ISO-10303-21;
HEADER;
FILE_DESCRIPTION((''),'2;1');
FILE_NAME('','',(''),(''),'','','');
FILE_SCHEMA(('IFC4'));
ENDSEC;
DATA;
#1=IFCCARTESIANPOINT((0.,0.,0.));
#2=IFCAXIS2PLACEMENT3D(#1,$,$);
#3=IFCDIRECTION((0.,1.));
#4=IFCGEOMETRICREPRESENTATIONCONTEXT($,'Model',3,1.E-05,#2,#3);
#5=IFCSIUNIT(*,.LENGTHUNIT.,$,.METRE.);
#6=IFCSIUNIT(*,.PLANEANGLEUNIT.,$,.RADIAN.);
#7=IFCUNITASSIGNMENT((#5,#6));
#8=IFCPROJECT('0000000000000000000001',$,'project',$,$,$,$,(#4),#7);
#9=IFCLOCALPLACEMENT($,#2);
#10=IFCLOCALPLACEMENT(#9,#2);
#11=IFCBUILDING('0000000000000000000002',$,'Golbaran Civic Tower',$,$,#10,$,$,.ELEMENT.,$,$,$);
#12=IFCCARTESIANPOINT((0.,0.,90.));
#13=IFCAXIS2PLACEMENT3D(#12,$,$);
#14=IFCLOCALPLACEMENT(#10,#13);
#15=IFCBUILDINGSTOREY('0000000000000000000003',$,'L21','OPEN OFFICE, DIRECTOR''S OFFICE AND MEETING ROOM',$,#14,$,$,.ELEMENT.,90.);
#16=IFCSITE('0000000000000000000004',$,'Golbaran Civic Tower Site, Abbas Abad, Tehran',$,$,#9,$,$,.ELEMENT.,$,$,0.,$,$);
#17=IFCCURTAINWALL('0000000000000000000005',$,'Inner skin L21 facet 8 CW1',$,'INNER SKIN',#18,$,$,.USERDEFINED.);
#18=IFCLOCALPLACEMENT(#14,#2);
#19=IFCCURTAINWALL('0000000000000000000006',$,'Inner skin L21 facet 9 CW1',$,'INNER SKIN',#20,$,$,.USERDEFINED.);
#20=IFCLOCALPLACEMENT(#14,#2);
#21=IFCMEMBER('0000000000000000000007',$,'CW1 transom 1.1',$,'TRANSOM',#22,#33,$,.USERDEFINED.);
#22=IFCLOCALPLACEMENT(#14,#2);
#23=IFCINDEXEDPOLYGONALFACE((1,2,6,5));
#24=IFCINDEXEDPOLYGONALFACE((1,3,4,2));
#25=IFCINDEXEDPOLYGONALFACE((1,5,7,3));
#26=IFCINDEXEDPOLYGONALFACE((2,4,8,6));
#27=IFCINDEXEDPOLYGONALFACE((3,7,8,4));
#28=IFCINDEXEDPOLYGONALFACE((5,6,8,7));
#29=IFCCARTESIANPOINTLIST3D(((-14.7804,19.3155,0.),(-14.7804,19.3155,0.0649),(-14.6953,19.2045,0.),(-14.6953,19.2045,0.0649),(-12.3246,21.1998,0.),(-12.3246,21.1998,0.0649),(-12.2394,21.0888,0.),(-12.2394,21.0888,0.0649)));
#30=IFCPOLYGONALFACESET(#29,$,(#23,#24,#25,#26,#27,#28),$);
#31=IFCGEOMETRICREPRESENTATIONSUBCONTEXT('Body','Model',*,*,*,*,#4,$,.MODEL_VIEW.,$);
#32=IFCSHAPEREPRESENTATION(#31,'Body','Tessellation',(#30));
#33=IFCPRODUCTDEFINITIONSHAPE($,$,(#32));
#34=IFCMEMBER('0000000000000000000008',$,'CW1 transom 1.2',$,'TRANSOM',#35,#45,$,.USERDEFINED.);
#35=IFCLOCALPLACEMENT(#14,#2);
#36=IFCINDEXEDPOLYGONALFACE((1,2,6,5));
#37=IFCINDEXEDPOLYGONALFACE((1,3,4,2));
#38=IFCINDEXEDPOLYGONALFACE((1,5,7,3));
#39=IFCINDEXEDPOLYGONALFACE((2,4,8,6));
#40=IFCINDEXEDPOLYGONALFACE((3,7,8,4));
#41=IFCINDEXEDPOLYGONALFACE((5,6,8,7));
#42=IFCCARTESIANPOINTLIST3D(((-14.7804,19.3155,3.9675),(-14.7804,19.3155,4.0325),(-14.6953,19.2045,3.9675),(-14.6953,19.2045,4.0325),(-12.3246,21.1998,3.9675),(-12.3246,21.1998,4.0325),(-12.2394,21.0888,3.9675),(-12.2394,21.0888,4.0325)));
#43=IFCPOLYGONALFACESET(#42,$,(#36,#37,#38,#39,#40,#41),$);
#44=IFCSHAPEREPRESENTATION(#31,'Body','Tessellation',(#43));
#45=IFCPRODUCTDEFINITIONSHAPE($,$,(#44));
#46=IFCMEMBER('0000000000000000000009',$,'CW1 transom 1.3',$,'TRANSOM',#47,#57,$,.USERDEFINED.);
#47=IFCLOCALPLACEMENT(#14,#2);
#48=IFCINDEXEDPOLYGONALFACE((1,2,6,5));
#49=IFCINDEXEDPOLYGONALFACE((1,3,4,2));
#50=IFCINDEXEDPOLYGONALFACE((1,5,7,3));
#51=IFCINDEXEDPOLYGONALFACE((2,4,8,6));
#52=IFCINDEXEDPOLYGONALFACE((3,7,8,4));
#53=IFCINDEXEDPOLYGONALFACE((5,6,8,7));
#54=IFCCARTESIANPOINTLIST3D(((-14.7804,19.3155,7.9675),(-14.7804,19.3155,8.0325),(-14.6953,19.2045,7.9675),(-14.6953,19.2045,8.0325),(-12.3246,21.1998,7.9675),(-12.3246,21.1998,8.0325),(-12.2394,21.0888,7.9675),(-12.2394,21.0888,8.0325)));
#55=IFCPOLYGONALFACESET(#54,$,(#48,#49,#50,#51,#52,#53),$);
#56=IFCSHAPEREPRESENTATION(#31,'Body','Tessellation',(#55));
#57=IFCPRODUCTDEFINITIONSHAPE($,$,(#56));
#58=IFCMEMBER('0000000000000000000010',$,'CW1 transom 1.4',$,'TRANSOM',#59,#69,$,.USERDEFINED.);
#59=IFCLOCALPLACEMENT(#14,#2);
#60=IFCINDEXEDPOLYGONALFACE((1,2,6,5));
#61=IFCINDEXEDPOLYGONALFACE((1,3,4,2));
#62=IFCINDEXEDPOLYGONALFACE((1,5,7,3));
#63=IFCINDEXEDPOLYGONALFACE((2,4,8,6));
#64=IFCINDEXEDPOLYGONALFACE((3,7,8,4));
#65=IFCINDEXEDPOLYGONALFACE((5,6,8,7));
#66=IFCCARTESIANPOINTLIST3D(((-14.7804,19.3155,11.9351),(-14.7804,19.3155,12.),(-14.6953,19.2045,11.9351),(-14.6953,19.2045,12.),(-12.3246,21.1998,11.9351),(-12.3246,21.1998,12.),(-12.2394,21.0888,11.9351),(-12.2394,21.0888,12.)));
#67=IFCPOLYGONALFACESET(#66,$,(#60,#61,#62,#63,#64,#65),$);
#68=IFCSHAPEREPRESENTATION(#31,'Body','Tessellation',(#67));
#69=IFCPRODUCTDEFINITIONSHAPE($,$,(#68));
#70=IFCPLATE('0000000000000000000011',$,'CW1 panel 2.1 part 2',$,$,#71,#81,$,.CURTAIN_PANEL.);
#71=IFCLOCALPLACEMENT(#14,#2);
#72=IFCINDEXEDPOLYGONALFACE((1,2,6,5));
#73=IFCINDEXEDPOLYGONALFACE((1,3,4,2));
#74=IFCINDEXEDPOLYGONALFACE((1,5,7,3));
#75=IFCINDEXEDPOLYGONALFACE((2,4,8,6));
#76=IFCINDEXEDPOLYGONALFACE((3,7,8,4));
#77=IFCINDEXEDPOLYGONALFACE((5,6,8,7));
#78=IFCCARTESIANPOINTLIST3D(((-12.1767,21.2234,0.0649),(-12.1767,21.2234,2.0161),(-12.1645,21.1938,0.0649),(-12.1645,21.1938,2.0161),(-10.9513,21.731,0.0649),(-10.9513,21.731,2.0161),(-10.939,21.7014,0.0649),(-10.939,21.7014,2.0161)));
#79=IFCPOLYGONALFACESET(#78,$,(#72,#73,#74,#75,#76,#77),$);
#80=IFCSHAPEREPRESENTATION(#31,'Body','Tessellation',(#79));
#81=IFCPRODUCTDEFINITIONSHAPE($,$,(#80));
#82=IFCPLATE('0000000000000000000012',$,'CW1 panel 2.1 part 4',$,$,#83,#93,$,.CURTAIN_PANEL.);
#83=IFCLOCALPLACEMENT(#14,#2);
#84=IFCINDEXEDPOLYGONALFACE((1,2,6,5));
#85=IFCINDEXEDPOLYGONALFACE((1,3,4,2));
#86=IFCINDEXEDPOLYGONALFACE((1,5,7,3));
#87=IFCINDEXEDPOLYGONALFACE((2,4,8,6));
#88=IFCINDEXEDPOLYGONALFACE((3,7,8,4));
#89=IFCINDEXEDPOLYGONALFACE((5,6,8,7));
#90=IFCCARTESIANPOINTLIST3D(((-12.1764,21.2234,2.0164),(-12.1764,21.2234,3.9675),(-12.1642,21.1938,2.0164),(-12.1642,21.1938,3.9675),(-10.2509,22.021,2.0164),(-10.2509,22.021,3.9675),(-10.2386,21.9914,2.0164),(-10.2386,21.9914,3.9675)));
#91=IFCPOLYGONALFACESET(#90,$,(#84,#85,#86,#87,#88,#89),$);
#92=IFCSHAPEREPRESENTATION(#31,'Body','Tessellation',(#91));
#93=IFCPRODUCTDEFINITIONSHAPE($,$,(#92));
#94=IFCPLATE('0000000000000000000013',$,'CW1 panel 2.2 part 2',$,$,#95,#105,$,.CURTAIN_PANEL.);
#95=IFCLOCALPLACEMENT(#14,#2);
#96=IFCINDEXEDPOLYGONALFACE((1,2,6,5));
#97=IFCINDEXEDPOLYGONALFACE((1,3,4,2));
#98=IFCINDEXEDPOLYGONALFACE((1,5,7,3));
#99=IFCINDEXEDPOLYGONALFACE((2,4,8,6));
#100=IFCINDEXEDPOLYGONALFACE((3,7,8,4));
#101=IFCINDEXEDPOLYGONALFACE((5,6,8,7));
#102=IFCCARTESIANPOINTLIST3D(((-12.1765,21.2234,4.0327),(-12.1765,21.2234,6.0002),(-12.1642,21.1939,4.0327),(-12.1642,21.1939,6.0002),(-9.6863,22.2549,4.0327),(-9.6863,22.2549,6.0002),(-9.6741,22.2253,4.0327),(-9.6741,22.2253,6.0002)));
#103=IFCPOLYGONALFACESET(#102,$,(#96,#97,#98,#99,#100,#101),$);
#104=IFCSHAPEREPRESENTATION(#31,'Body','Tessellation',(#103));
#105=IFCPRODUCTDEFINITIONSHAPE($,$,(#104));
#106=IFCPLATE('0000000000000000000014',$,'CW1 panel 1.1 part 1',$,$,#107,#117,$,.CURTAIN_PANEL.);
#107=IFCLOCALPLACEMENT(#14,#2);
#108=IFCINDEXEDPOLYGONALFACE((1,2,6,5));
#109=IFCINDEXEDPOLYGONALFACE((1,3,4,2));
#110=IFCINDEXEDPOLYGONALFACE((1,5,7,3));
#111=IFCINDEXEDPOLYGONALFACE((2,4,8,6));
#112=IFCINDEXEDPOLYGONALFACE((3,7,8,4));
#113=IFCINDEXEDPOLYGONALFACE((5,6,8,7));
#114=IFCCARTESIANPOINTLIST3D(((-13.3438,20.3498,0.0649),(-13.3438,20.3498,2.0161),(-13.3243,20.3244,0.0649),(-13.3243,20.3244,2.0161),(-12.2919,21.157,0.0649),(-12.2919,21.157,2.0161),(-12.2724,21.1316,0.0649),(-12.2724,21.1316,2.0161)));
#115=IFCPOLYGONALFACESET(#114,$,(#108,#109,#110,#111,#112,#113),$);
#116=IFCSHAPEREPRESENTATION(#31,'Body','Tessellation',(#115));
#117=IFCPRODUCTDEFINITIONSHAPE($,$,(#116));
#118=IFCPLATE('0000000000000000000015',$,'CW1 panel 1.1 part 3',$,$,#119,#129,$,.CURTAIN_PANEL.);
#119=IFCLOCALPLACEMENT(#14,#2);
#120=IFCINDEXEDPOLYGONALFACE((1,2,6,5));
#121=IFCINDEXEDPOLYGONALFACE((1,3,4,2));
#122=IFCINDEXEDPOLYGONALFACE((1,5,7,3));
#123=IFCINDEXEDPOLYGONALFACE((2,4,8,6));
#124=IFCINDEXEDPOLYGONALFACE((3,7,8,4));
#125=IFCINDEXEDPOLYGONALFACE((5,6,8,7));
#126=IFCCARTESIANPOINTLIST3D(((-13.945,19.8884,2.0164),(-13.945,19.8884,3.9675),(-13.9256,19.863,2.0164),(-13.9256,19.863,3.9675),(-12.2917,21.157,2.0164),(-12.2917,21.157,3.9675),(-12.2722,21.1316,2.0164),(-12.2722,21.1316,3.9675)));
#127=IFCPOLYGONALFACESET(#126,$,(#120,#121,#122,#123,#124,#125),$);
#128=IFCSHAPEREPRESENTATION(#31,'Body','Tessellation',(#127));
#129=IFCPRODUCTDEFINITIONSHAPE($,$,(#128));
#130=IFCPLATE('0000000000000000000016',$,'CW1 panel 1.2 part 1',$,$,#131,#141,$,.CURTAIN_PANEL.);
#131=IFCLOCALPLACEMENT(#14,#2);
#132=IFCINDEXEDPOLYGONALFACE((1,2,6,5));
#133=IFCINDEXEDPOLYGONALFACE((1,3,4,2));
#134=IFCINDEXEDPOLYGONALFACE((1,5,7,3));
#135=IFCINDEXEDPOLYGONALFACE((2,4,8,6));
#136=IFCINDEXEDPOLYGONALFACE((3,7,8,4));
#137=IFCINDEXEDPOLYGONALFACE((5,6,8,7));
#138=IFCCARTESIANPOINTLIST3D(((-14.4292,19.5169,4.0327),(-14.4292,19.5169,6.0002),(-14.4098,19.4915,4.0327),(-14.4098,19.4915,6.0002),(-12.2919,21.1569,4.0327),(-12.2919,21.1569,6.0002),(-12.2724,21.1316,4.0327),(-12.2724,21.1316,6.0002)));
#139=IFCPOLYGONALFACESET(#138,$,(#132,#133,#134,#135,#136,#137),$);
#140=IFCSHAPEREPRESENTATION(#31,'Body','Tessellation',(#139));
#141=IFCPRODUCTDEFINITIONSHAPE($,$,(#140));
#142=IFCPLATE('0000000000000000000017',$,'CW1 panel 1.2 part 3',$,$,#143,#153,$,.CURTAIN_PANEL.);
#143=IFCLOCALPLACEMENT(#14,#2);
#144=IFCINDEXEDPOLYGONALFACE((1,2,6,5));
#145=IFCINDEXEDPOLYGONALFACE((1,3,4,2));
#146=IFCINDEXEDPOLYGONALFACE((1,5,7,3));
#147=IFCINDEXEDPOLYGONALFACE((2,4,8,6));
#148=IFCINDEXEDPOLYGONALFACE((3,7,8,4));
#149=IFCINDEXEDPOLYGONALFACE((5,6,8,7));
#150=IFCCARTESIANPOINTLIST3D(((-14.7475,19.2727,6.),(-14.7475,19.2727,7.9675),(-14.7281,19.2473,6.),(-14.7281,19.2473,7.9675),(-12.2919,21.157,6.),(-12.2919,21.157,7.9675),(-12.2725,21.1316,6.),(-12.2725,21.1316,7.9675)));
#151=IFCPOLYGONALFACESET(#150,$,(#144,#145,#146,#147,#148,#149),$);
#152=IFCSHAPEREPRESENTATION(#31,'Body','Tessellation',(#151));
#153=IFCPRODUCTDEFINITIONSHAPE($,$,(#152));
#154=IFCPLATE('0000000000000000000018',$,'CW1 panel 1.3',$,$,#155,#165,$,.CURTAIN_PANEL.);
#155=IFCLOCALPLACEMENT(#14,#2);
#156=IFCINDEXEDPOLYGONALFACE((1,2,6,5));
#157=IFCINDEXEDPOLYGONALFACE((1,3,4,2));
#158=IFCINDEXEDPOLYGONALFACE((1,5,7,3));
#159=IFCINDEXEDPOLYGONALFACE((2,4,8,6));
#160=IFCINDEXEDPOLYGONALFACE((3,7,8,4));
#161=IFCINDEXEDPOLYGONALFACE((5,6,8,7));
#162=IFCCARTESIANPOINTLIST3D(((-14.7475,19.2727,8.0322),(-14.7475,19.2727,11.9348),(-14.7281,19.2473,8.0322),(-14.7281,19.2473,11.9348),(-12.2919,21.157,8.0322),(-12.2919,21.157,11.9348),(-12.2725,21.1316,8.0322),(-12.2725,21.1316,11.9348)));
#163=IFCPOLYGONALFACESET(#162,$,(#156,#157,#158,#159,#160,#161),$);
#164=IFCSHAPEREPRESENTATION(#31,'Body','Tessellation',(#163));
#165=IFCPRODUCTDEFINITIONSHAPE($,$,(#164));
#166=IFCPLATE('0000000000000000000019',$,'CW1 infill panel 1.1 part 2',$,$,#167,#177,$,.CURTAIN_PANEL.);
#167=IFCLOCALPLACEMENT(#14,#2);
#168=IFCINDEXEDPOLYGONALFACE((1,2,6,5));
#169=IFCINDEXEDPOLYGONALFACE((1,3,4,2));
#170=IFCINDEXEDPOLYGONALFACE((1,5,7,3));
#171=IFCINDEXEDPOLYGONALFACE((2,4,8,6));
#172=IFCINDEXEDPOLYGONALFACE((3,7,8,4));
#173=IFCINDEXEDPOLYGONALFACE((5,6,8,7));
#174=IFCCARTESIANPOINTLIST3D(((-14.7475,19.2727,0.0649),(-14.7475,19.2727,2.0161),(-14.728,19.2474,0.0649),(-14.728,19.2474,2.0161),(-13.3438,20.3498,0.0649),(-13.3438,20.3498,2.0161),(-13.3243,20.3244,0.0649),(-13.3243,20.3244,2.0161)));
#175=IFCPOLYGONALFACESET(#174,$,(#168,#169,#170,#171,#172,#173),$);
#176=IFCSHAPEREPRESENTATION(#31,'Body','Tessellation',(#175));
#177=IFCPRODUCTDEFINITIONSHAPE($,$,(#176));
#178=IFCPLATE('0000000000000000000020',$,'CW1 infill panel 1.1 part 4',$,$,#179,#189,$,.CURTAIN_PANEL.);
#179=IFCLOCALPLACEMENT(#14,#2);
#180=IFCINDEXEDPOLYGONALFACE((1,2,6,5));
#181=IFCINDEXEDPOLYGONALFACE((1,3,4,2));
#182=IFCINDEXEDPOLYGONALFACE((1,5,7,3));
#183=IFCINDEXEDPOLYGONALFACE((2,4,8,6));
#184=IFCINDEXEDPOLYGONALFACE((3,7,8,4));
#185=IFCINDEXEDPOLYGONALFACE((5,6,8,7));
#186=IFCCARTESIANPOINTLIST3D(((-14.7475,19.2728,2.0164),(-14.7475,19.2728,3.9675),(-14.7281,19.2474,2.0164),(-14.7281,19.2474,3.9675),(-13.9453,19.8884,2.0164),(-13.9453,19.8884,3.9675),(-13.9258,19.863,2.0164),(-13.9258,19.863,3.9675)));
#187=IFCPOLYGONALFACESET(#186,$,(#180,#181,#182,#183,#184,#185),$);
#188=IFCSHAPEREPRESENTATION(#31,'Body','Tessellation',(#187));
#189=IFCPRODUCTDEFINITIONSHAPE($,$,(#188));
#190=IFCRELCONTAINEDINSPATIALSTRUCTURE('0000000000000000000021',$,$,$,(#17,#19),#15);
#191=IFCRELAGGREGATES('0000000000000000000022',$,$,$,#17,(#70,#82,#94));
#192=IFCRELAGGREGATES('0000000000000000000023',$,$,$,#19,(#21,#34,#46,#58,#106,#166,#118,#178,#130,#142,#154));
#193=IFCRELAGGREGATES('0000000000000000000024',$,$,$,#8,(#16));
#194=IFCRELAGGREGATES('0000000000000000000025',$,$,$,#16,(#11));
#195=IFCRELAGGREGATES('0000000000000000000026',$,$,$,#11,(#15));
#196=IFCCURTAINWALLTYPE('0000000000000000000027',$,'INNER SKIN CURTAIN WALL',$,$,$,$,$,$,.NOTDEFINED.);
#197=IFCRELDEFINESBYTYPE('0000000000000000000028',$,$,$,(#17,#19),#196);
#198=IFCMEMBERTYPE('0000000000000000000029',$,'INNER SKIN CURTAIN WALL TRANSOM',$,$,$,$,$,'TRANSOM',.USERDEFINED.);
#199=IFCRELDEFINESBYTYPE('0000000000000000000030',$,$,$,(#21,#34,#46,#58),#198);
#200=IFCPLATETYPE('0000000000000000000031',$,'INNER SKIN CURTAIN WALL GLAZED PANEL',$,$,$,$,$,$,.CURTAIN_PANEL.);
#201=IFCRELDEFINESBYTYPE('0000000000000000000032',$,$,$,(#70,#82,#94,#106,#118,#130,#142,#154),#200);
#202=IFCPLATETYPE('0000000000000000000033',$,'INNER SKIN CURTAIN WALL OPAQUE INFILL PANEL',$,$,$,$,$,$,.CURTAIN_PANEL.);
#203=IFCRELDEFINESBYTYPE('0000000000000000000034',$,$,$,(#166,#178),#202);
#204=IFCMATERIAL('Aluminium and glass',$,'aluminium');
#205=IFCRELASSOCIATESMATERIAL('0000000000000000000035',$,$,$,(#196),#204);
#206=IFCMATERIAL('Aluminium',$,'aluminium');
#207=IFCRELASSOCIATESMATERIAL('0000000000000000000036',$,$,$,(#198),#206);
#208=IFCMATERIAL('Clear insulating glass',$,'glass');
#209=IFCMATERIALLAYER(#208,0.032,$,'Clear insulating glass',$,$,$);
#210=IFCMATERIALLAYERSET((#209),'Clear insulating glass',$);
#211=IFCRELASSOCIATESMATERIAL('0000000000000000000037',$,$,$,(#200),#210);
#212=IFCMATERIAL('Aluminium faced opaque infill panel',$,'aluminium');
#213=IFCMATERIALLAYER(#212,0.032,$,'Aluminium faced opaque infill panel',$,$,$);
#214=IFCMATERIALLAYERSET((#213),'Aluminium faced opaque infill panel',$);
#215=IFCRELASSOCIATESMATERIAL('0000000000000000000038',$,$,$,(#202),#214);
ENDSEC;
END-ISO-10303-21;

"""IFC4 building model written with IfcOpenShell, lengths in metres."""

from ifc_helpers import new_model, si_unit, direction, frame, origin, origin_2d, place, context, subcontext, project, spatial, rectangle, extrude, material, layer, layer_set, material_profile, profile_set, type_object, element, aggregate, save


model = new_model("IFC4")

# Units and contexts
model_context = context("Model", 3, precision=1e-05, world=origin(), true_north=direction((0.0, 1.0)))
body_context = subcontext(model_context, "Body", "Model", "MODEL_VIEW")
ifc_project = project(units=[si_unit("LENGTHUNIT", "METRE"), si_unit("PLANEANGLEUNIT", "RADIAN")], contexts=[model_context])

# Site, building, storey
site_placement = place(None, origin())
site = spatial("IfcSite", under=ifc_project, at=site_placement, Name="Golbaran Civic Tower Site, Abbas Abad, Tehran", CompositionType="ELEMENT", RefElevation=0.0)
building_placement = place(site_placement, origin())
building = spatial("IfcBuilding", under=site, at=building_placement, Name="Golbaran Civic Tower", CompositionType="ELEMENT")
storey_placement = place(building_placement, frame((0.0, 0.0, 90.0)))
storey = spatial("IfcBuildingStorey", under=building, at=storey_placement, Name="L21", Description="OPEN OFFICE, DIRECTOR'S OFFICE AND MEETING ROOM", CompositionType="ELEMENT", Elevation=90.0)

# Curtain wall
ifc_material_1 = material(Name="Aluminium and glass", Category="aluminium")
curtain_wall_type = type_object("IfcCurtainWallType", Name="INNER SKIN CURTAIN WALL", PredefinedType="NOTDEFINED", material=ifc_material_1)
curtain_wall_1_placement = place(storey_placement, origin())
curtain_wall_1 = element("IfcCurtainWall", 1, at=curtain_wall_1_placement, inside=storey, type_object=curtain_wall_type, Name="Inner skin L21 facet 8 CW1", ObjectType="INNER SKIN", PredefinedType="USERDEFINED")
ifc_material_2 = material(Name="Aluminium", Category="aluminium")

# Curtain wall, members
curtain_wall_2_placement = place(storey_placement, origin())
curtain_wall_2 = element("IfcCurtainWall", 2, at=curtain_wall_2_placement, inside=storey, type_object=curtain_wall_type, Name="Inner skin L21 facet 9 CW1", ObjectType="INNER SKIN", PredefinedType="USERDEFINED")
ifc_material_profile_1 = material_profile(ifc_material_2, rectangle(XDim=0.1399, YDim=0.0649, at=origin_2d()), Name="INNER SKIN CURTAIN WALL TRANSOM")
ifc_profile_set_1 = profile_set([ifc_material_profile_1], Name="Aluminium")
member_type_1 = type_object("IfcMemberType", Name="INNER SKIN CURTAIN WALL TRANSOM", ElementType="TRANSOM", PredefinedType="USERDEFINED", material=ifc_profile_set_1)
member_1_placement = place(storey_placement, frame((-12.282, 21.1443, 0.0325), z_axis=(-0.793374, -0.608735, 0.0), x_axis=(0.608735, -0.793374, 0.0)))
member_1 = element("IfcMember", 3, at=member_1_placement, type_object=member_type_1, Name="CW1 transom 1.1", ObjectType="TRANSOM", PredefinedType="USERDEFINED", context=body_context, shape_type="SweptSolid", body=[
    extrude(rectangle(XDim=0.1399, YDim=0.0649, at=origin_2d()), origin(), (0.0, 0.0, 1.0), 3.0955),
])
member_2_placement = place(storey_placement, frame((-12.282, 21.1443, 4.0), z_axis=(-0.793374, -0.608735, 0.0), x_axis=(0.608735, -0.793374, 0.0)))
member_2 = element("IfcMember", 4, at=member_2_placement, type_object=member_type_1, Name="CW1 transom 1.2", ObjectType="TRANSOM", PredefinedType="USERDEFINED", context=body_context, shape_type="SweptSolid", body=[
    extrude(rectangle(XDim=0.1399, YDim=0.0649, at=origin_2d()), origin(), (0.0, 0.0, 1.0), 3.0955),
])
member_3_placement = place(storey_placement, frame((-12.282, 21.1443, 8.0), z_axis=(-0.793374, -0.608735, 0.0), x_axis=(0.608735, -0.793374, 0.0)))
member_3 = element("IfcMember", 5, at=member_3_placement, type_object=member_type_1, Name="CW1 transom 1.3", ObjectType="TRANSOM", PredefinedType="USERDEFINED", context=body_context, shape_type="SweptSolid", body=[
    extrude(rectangle(XDim=0.1399, YDim=0.0649, at=origin_2d()), origin(), (0.0, 0.0, 1.0), 3.0955),
])
member_4_placement = place(storey_placement, frame((-12.282, 21.1443, 11.9675), z_axis=(-0.793374, -0.608735, 0.0), x_axis=(0.608735, -0.793374, 0.0)))
member_4 = element("IfcMember", 6, at=member_4_placement, type_object=member_type_1, Name="CW1 transom 1.4", ObjectType="TRANSOM", PredefinedType="USERDEFINED", context=body_context, shape_type="SweptSolid", body=[
    extrude(rectangle(XDim=0.1399, YDim=0.0649, at=origin_2d()), origin(), (0.0, 0.0, 1.0), 3.0955),
])

# Plates
ifc_material_3 = material(Name="Clear insulating glass", Category="glass")
ifc_layer_1 = layer(ifc_material_3, 0.032, Name="Clear insulating glass")
ifc_layer_set_1 = layer_set([ifc_layer_1], Name="Clear insulating glass")
plate_type_1 = type_object("IfcPlateType", Name="INNER SKIN CURTAIN WALL GLAZED PANEL", PredefinedType="CURTAIN_PANEL", material=ifc_layer_set_1)
plate_1_placement = place(storey_placement, frame((-11.5579, 21.4624, 0.0649), z_axis=(0.0, 0.0, 1.0), x_axis=(-0.92388, -0.382683, 0.0)))
plate_1 = element("IfcPlate", 7, at=plate_1_placement, type_object=plate_type_1, Name="CW1 panel 2.1 part 2", PredefinedType="CURTAIN_PANEL", context=body_context, shape_type="SweptSolid", body=[
    extrude(rectangle(XDim=1.3264, YDim=0.032, at=origin_2d()), origin(), (0.0, 0.0, 1.0), 1.9512),
])
plate_2_placement = place(storey_placement, frame((-11.2075, 21.6074, 2.0164), z_axis=(0.0, 0.0, 1.0), x_axis=(-0.92388, -0.382683, 0.0)))
plate_2 = element("IfcPlate", 8, at=plate_2_placement, type_object=plate_type_1, Name="CW1 panel 2.1 part 4", PredefinedType="CURTAIN_PANEL", context=body_context, shape_type="SweptSolid", body=[
    extrude(rectangle(XDim=2.0842, YDim=0.032, at=origin_2d()), origin(), (0.0, 0.0, 1.0), 1.9512),
])
plate_3_placement = place(storey_placement, frame((-10.9253, 21.7244, 4.0327), z_axis=(0.0, 0.0, 1.0), x_axis=(-0.92388, -0.382683, 0.0)))
plate_3 = element("IfcPlate", 9, at=plate_3_placement, type_object=plate_type_1, Name="CW1 panel 2.2 part 2", PredefinedType="CURTAIN_PANEL", context=body_context, shape_type="SweptSolid", body=[
    extrude(rectangle(XDim=2.6953, YDim=0.032, at=origin_2d()), origin(), (0.0, 0.0, 1.0), 1.9675),
])
aggregate(curtain_wall_1, [plate_1, plate_2, plate_3])
plate_4_placement = place(storey_placement, frame((-12.8081, 20.7407, 0.0649), z_axis=(0.0, 0.0, 1.0), x_axis=(-0.793353, -0.608761, 0.0)))
plate_4 = element("IfcPlate", 10, at=plate_4_placement, type_object=plate_type_1, Name="CW1 panel 1.1 part 1", PredefinedType="CURTAIN_PANEL", context=body_context, shape_type="SweptSolid", body=[
    extrude(rectangle(XDim=1.3259, YDim=0.032, at=origin_2d()), origin(), (0.0, 0.0, 1.0), 1.9512),
])
plate_5_placement = place(storey_placement, frame((-13.1086, 20.51, 2.0164), z_axis=(0.0, 0.0, 1.0), x_axis=(-0.793353, -0.608761, 0.0)))
plate_5 = element("IfcPlate", 11, at=plate_5_placement, type_object=plate_type_1, Name="CW1 panel 1.1 part 3", PredefinedType="CURTAIN_PANEL", context=body_context, shape_type="SweptSolid", body=[
    extrude(rectangle(XDim=2.084, YDim=0.032, at=origin_2d()), origin(), (0.0, 0.0, 1.0), 1.9512),
])
plate_6_placement = place(storey_placement, frame((-13.3508, 20.3242, 4.0327), z_axis=(0.0, 0.0, 1.0), x_axis=(-0.793353, -0.608761, 0.0)))
plate_6 = element("IfcPlate", 12, at=plate_6_placement, type_object=plate_type_1, Name="CW1 panel 1.2 part 1", PredefinedType="CURTAIN_PANEL", context=body_context, shape_type="SweptSolid", body=[
    extrude(rectangle(XDim=2.6941, YDim=0.032, at=origin_2d()), origin(), (0.0, 0.0, 1.0), 1.9675),
])
plate_7_placement = place(storey_placement, frame((-13.51, 20.2021, 6.0), z_axis=(0.0, 0.0, 1.0), x_axis=(-0.793353, -0.608761, 0.0)))
plate_7 = element("IfcPlate", 13, at=plate_7_placement, type_object=plate_type_1, Name="CW1 panel 1.2 part 3", PredefinedType="CURTAIN_PANEL", context=body_context, shape_type="SweptSolid", body=[
    extrude(rectangle(XDim=3.0952, YDim=0.032, at=origin_2d()), origin(), (0.0, 0.0, 1.0), 1.9675),
])
plate_8_placement = place(storey_placement, frame((-13.51, 20.2021, 8.0322), z_axis=(0.0, 0.0, 1.0), x_axis=(-0.793353, -0.608761, 0.0)))
plate_8 = element("IfcPlate", 14, at=plate_8_placement, type_object=plate_type_1, Name="CW1 panel 1.3", PredefinedType="CURTAIN_PANEL", context=body_context, shape_type="SweptSolid", body=[
    extrude(rectangle(XDim=3.0952, YDim=0.032, at=origin_2d()), origin(), (0.0, 0.0, 1.0), 3.9026),
])
ifc_material_4 = material(Name="Aluminium faced opaque infill panel", Category="aluminium")
ifc_layer_2 = layer(ifc_material_4, 0.032, Name="Aluminium faced opaque infill panel")
ifc_layer_set_2 = layer_set([ifc_layer_2], Name="Aluminium faced opaque infill panel")
plate_type_2 = type_object("IfcPlateType", Name="INNER SKIN CURTAIN WALL OPAQUE INFILL PANEL", PredefinedType="CURTAIN_PANEL", material=ifc_layer_set_2)
plate_9_placement = place(storey_placement, frame((-14.0359, 19.7986, 0.0649), z_axis=(0.0, 0.0, 1.0), x_axis=(-0.793353, -0.608761, 0.0)))
plate_9 = element("IfcPlate", 15, at=plate_9_placement, type_object=plate_type_2, Name="CW1 infill panel 1.1 part 2", PredefinedType="CURTAIN_PANEL", context=body_context, shape_type="SweptSolid", body=[
    extrude(rectangle(XDim=1.7693, YDim=0.032, at=origin_2d()), origin(), (0.0, 0.0, 1.0), 1.9512),
])
plate_10_placement = place(storey_placement, frame((-14.3367, 19.5679, 2.0164), z_axis=(0.0, 0.0, 1.0), x_axis=(-0.793353, -0.608761, 0.0)))
plate_10 = element("IfcPlate", 16, at=plate_10_placement, type_object=plate_type_2, Name="CW1 infill panel 1.1 part 4", PredefinedType="CURTAIN_PANEL", context=body_context, shape_type="SweptSolid", body=[
    extrude(rectangle(XDim=1.0112, YDim=0.032, at=origin_2d()), origin(), (0.0, 0.0, 1.0), 1.9512),
])
aggregate(curtain_wall_2, [member_1, member_2, member_3, member_4, plate_4, plate_9, plate_5, plate_10, plate_6, plate_7, plate_8])

save(model, "model.ifc")
